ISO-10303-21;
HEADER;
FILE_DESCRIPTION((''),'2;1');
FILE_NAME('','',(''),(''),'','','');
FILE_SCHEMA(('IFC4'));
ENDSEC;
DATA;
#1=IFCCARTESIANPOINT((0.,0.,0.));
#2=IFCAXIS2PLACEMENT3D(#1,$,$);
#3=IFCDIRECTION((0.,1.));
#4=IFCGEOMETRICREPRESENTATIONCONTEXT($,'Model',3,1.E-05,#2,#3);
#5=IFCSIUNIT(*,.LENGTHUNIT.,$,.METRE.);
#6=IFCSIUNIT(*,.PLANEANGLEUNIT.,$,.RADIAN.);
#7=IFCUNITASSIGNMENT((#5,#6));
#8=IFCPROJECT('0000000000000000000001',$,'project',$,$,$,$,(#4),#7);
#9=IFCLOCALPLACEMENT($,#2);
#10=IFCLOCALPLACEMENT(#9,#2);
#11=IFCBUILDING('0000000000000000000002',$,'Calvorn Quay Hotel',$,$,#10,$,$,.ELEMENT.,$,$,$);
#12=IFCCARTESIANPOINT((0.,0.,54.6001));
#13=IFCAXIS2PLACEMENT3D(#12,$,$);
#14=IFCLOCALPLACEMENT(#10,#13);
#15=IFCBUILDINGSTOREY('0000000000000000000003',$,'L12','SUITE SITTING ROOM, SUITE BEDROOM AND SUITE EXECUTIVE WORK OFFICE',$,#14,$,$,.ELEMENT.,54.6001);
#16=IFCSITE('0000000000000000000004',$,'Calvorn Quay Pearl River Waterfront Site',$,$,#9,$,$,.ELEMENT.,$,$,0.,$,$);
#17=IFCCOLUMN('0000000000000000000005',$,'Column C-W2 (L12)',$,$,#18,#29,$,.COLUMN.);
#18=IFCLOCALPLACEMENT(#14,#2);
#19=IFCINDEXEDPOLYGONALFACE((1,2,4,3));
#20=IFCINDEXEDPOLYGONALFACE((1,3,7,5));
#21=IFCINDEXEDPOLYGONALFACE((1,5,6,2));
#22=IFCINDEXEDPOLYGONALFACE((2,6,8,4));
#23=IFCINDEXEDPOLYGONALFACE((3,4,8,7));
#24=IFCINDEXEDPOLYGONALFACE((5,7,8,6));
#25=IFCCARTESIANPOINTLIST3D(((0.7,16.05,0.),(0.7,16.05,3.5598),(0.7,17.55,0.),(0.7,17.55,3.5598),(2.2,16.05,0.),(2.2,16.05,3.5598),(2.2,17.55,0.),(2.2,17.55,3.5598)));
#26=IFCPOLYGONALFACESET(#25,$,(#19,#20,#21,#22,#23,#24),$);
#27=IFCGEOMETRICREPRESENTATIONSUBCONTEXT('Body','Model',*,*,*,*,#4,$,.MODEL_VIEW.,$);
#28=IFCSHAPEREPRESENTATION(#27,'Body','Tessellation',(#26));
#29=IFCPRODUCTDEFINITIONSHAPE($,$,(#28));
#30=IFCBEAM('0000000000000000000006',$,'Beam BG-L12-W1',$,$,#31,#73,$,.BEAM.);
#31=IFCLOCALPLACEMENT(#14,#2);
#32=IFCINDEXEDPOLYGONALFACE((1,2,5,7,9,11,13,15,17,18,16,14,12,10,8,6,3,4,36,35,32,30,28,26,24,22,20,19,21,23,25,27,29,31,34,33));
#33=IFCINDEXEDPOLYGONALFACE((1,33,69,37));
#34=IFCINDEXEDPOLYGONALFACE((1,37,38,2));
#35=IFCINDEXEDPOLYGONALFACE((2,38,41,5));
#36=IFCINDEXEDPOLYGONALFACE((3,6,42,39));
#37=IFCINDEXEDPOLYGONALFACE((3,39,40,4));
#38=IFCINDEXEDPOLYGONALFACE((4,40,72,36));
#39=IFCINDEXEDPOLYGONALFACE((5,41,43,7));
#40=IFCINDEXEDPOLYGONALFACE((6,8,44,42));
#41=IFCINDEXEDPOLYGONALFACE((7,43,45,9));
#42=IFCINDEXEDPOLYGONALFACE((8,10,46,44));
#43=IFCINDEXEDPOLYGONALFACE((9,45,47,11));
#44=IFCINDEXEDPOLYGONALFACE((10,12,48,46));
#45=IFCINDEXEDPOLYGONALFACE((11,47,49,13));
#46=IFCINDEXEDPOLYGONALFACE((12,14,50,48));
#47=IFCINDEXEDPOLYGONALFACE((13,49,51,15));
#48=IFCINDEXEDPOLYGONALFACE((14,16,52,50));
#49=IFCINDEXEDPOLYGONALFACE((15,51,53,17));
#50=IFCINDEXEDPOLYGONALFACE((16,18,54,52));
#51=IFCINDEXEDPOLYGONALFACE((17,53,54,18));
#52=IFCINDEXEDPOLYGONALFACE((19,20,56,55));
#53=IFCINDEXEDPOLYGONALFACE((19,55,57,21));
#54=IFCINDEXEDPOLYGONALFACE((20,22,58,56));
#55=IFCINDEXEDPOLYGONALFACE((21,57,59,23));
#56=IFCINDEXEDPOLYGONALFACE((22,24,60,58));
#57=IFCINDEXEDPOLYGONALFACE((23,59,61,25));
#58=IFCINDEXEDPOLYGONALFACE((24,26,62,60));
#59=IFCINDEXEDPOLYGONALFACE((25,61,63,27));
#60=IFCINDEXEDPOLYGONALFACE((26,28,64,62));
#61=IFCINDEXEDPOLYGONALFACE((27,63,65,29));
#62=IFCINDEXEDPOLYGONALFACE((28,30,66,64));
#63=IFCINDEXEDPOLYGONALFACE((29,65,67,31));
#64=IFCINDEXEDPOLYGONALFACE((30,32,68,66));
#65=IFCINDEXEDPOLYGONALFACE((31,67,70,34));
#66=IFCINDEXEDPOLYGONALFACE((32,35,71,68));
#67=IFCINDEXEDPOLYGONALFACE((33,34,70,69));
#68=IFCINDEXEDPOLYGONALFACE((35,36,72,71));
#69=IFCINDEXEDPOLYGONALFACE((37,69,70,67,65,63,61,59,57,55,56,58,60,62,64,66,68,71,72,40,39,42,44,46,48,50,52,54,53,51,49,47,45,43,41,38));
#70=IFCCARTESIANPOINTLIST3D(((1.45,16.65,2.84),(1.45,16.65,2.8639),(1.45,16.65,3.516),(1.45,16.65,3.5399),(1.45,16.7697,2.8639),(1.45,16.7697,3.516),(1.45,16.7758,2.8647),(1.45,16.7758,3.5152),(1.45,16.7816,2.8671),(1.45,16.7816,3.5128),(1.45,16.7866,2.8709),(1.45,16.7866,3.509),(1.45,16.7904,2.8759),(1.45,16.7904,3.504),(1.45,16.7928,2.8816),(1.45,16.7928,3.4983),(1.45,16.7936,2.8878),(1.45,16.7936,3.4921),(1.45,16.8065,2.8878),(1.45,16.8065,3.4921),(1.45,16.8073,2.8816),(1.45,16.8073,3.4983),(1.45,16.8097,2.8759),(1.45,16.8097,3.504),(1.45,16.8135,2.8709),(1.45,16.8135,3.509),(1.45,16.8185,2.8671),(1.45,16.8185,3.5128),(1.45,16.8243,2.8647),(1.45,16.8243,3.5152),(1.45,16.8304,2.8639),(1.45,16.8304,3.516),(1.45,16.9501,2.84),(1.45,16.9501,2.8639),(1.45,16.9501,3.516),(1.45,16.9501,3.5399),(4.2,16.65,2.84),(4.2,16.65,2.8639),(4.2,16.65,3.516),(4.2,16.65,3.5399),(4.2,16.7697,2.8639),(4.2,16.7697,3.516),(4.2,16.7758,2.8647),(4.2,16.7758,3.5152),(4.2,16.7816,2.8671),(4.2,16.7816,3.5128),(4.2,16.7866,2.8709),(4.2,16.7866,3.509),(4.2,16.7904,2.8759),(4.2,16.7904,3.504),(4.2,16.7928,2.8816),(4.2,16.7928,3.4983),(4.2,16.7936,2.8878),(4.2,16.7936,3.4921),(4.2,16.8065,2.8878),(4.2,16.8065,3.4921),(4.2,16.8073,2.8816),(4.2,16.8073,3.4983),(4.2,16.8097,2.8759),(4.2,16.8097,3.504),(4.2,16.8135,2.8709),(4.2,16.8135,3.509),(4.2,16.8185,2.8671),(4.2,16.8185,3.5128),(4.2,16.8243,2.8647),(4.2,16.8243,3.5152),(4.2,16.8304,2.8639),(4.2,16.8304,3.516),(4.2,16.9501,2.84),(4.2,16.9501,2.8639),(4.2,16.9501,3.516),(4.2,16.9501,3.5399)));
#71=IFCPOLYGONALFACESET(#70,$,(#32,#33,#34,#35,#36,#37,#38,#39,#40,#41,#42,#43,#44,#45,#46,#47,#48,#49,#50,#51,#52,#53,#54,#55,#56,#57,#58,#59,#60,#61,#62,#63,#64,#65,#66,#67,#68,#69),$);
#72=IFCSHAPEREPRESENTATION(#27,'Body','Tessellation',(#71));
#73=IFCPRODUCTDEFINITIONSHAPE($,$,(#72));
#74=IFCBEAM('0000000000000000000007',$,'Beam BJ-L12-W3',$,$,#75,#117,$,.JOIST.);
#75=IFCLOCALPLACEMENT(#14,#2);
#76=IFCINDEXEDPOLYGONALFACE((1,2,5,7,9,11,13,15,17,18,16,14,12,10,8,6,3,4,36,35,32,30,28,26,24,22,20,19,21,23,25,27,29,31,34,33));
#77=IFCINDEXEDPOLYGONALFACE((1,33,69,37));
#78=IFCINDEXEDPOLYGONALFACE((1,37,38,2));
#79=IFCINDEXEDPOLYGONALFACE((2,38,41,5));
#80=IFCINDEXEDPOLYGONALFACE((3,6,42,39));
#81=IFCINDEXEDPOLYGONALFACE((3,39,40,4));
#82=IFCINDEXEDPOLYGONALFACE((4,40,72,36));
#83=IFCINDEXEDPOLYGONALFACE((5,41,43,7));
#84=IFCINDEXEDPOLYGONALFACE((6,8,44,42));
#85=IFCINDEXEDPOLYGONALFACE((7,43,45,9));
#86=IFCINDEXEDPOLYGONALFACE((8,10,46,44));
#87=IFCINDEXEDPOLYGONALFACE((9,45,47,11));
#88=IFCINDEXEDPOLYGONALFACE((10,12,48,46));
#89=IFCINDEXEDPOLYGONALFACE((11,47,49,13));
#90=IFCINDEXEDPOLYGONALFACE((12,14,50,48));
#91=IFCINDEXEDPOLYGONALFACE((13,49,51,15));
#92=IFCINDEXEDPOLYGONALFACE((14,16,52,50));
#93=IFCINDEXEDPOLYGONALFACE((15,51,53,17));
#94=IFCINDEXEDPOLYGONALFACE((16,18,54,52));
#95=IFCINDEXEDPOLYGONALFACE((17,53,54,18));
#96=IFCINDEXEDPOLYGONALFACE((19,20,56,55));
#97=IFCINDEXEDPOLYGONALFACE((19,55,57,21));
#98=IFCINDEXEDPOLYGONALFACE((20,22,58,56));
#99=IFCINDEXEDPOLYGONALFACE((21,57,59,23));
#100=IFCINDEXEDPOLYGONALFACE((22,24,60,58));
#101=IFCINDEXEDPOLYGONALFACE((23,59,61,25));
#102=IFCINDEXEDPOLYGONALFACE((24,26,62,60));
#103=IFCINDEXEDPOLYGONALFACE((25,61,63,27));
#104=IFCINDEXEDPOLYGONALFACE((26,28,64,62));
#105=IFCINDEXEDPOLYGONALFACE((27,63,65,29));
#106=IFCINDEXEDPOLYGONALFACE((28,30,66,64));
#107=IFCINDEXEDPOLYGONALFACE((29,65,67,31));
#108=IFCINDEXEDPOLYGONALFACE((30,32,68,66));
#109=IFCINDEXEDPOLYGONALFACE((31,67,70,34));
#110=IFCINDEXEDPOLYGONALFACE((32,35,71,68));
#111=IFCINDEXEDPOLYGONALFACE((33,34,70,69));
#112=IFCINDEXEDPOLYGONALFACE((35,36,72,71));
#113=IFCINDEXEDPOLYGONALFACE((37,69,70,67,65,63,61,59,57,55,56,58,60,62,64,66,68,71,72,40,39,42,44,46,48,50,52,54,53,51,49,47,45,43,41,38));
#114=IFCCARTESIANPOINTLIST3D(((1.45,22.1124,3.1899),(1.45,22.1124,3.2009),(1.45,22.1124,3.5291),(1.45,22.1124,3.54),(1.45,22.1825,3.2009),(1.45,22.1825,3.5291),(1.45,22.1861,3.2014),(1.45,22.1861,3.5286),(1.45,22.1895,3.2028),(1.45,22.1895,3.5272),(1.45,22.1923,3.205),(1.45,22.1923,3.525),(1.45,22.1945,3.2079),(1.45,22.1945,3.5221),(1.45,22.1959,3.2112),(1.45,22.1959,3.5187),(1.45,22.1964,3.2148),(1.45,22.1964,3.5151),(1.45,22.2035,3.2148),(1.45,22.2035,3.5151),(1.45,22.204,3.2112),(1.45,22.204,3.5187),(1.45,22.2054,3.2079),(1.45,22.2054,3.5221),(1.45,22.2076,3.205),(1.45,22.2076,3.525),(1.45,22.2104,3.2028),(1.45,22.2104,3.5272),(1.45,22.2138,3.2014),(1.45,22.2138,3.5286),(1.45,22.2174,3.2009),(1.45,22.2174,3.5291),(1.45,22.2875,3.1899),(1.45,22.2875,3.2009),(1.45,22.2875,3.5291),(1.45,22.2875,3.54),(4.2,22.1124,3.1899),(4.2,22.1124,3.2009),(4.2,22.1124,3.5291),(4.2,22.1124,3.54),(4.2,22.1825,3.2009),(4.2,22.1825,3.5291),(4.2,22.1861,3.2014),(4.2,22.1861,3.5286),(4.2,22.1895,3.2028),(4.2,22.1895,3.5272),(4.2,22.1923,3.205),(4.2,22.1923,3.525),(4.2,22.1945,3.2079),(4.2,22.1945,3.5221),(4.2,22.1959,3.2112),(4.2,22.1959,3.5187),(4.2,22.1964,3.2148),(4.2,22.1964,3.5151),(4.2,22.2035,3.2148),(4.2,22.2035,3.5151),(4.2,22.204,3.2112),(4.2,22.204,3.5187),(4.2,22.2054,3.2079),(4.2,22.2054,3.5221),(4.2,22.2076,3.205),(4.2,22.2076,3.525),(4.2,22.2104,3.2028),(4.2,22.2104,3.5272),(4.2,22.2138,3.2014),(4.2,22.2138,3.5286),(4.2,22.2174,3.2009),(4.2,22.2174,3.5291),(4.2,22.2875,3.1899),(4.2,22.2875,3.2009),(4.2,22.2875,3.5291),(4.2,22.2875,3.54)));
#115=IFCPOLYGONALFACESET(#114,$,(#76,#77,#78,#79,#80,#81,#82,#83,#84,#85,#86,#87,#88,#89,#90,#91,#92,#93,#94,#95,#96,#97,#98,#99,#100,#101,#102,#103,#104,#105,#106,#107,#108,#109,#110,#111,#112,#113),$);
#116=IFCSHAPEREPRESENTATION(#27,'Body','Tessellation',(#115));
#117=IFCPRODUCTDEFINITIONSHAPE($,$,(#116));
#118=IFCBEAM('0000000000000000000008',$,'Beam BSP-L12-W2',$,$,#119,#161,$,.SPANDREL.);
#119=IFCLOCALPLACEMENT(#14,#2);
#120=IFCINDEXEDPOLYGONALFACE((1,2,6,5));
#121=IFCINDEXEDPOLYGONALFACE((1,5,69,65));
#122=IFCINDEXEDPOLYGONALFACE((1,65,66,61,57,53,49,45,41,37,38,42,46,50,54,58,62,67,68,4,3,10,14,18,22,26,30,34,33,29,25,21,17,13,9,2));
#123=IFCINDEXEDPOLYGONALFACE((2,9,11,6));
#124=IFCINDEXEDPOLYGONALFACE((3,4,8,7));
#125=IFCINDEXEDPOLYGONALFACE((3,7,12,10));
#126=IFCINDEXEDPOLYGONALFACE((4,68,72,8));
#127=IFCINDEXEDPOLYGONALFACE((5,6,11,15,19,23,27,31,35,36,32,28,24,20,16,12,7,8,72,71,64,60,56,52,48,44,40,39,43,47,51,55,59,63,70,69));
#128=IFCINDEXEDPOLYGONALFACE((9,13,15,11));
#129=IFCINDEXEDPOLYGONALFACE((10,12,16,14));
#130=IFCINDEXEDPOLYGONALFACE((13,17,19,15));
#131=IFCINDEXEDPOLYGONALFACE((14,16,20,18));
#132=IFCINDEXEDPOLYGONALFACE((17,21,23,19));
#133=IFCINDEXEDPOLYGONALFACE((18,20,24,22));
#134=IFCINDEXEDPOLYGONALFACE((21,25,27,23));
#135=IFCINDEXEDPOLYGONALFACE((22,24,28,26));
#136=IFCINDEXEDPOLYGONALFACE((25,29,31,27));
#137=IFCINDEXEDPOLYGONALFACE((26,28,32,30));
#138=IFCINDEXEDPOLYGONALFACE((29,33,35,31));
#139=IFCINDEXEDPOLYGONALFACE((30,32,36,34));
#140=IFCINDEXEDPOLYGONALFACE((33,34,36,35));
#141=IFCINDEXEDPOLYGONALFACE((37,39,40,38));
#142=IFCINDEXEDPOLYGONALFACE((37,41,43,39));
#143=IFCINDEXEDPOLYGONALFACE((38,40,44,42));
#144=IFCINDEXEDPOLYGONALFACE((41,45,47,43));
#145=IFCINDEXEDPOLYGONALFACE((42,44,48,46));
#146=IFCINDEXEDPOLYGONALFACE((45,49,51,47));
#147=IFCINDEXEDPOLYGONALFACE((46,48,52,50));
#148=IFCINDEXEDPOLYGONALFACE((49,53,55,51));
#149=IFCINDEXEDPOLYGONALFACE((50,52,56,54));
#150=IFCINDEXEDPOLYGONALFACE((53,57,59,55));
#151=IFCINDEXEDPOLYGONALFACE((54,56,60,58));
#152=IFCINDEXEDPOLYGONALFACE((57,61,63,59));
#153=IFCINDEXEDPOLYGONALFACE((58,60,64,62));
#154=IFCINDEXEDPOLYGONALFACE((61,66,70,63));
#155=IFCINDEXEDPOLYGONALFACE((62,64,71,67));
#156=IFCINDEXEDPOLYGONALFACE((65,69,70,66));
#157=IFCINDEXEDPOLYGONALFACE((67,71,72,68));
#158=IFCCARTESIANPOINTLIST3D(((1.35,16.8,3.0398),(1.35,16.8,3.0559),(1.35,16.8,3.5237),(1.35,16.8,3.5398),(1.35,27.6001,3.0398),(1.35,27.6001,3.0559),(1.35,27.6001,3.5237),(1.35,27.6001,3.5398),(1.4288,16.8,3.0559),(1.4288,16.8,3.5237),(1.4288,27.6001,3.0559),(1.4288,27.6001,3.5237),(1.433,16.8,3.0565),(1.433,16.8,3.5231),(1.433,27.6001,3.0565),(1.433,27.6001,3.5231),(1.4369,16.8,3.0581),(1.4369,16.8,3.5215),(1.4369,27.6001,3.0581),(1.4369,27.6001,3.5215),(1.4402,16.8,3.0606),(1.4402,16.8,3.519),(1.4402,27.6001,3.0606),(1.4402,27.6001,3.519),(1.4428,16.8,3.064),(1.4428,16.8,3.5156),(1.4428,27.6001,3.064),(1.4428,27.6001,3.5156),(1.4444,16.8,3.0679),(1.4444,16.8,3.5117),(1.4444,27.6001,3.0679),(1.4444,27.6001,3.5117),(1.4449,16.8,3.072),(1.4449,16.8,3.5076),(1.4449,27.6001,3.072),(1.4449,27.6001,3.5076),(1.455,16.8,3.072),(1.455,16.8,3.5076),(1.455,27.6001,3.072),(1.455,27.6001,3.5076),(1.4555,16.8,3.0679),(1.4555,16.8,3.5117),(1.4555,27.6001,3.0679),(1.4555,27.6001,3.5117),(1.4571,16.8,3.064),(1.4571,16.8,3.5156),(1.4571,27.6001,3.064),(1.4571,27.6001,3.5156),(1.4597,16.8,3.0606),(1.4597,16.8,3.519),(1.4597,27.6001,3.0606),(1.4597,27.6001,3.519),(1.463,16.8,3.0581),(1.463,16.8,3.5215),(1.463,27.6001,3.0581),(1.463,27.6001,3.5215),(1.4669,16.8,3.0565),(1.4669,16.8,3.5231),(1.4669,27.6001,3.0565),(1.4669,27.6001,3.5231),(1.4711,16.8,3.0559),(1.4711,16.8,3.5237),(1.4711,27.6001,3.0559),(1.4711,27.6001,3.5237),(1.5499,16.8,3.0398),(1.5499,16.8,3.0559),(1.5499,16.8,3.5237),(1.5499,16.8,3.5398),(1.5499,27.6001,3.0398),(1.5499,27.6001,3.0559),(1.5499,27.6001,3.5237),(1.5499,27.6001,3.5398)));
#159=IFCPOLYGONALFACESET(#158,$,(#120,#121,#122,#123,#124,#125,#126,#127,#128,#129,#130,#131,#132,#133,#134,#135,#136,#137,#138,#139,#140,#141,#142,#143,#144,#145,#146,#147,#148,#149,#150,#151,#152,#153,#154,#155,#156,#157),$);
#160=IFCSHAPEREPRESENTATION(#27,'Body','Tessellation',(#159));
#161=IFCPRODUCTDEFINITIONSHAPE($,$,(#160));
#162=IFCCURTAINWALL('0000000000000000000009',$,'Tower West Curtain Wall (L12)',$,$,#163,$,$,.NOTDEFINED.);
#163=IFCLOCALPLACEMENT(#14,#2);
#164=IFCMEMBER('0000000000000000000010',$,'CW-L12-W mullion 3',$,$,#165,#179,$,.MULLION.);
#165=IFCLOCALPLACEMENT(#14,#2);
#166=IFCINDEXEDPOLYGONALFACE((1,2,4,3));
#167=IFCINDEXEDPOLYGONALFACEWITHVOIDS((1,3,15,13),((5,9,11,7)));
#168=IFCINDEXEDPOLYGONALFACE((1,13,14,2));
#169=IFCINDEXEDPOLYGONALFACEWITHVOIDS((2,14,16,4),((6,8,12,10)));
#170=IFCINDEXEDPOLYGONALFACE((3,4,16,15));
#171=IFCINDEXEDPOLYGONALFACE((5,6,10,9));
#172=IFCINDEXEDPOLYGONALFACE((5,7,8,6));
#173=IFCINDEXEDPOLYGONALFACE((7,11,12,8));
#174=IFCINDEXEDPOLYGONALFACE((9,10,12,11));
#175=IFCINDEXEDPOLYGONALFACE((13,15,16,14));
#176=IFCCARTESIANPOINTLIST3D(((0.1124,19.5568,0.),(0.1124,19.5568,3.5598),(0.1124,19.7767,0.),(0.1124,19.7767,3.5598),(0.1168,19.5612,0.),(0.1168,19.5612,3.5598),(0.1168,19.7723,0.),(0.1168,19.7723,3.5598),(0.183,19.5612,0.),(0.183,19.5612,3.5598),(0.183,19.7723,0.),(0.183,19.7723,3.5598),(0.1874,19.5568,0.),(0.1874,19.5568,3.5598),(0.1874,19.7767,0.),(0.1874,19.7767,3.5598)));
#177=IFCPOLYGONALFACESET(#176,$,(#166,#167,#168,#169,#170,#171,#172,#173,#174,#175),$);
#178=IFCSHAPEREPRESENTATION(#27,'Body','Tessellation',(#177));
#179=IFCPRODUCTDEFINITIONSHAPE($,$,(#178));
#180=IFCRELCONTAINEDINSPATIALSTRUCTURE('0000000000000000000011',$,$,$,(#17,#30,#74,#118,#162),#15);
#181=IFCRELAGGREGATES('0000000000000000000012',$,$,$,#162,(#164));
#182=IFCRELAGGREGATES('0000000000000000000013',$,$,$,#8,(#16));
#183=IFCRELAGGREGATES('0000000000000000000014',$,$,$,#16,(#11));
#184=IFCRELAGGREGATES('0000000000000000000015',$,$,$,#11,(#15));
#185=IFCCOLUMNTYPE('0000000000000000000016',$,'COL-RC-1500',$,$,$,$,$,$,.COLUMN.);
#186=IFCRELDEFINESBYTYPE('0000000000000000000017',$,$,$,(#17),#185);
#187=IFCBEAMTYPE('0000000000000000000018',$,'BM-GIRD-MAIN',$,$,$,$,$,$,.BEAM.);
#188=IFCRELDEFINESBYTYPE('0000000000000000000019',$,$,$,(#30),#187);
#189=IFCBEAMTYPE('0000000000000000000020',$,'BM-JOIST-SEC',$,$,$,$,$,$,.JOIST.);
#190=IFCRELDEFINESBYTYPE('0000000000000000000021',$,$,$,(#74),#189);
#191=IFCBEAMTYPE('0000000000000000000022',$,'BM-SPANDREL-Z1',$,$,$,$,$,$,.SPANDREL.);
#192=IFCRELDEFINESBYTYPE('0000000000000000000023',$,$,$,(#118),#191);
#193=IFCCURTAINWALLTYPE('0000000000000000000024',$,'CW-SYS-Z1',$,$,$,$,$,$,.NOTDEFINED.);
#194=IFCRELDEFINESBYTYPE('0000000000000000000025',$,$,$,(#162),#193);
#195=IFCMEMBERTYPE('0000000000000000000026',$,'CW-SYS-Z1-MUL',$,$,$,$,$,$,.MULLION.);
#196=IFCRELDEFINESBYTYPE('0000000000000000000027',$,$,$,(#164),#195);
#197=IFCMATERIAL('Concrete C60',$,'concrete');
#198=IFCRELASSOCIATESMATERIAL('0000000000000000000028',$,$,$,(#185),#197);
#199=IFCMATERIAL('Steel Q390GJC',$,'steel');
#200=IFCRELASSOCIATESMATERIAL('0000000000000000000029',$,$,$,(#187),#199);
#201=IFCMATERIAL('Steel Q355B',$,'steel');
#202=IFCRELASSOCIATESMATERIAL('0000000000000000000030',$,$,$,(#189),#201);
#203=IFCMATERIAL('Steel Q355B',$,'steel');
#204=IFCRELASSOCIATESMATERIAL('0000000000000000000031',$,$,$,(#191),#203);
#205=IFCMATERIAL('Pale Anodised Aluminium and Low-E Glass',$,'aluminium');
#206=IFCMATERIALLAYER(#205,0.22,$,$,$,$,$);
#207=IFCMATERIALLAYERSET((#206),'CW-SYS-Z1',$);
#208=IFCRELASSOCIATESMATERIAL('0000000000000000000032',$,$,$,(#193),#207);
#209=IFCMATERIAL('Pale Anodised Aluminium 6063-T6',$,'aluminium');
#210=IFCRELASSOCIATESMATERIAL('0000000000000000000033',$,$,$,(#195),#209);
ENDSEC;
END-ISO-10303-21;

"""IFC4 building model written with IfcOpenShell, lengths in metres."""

from ifc_helpers import new_model, si_unit, direction, frame, origin, origin_2d, place, context, subcontext, project, spatial, rectangle, hollow_rectangle, i_section, extrude, material, layer, layer_set, material_profile, profile_set, type_object, element, aggregate, save


model = new_model("IFC4")

# Units and contexts
model_context = context("Model", 3, precision=1e-05, world=origin(), true_north=direction((0.0, 1.0)))
body_context = subcontext(model_context, "Body", "Model", "MODEL_VIEW")
ifc_project = project(units=[si_unit("LENGTHUNIT", "METRE"), si_unit("PLANEANGLEUNIT", "RADIAN")], contexts=[model_context])

# Site, building, storey
site_placement = place(None, origin())
site = spatial("IfcSite", under=ifc_project, at=site_placement, Name="Calvorn Quay Pearl River Waterfront Site", CompositionType="ELEMENT", RefElevation=0.0)
building_placement = place(site_placement, origin())
building = spatial("IfcBuilding", under=site, at=building_placement, Name="Calvorn Quay Hotel", CompositionType="ELEMENT")
storey_placement = place(building_placement, frame((0.0, 0.0, 54.6001)))
storey = spatial("IfcBuildingStorey", under=building, at=storey_placement, Name="L12", Description="SUITE SITTING ROOM, SUITE BEDROOM AND SUITE EXECUTIVE WORK OFFICE", CompositionType="ELEMENT", Elevation=54.6001)

# Column
ifc_material_1 = material(Name="Concrete C60", Category="concrete")
ifc_material_profile_1 = material_profile(ifc_material_1, rectangle(XDim=1.5, YDim=1.5, at=origin_2d()), Name="RC1500x1500")
ifc_profile_set_1 = profile_set([ifc_material_profile_1], Name="Concrete C60")
column_type = type_object("IfcColumnType", Name="COL-RC-1500", PredefinedType="COLUMN", material=ifc_profile_set_1)
column_placement = place(storey_placement, frame((1.45, 16.8, 0.0), z_axis=(0.0, 0.0, 1.0), x_axis=(1.0, 0.0, 0.0)))
element("IfcColumn", 1, at=column_placement, inside=storey, type_object=column_type, Name="Column C-W2 (L12)", PredefinedType="COLUMN", context=body_context, shape_type="SweptSolid", body=[
    extrude(rectangle(XDim=1.5, YDim=1.5, at=origin_2d()), origin(), (0.0, 0.0, 1.0), 3.5598),
])

# Beams
ifc_material_2 = material(Name="Steel Q390GJC", Category="steel")
ifc_material_profile_2 = material_profile(ifc_material_2, i_section(OverallWidth=0.3, OverallDepth=0.7, WebThickness=0.0129, FlangeThickness=0.0239, FilletRadius=0.0239, at=origin_2d()), Name="HN700x300x13x24")
ifc_profile_set_2 = profile_set([ifc_material_profile_2], Name="Steel Q390GJC")
beam_type_1 = type_object("IfcBeamType", Name="BM-GIRD-MAIN", PredefinedType="BEAM", material=ifc_profile_set_2)
beam_1_placement = place(storey_placement, frame((1.45, 16.8, 3.1899), z_axis=(1.0, 0.0, 0.0), x_axis=(0.0, 1.0, 0.0)))
element("IfcBeam", 2, at=beam_1_placement, inside=storey, type_object=beam_type_1, Name="Beam BG-L12-W1", PredefinedType="BEAM", context=body_context, shape_type="SweptSolid", body=[
    extrude(i_section(OverallWidth=0.3, OverallDepth=0.7, WebThickness=0.0129, FlangeThickness=0.0239, FilletRadius=0.0239, at=origin_2d()), origin(), (0.0, 0.0, 1.0), 2.75),
])
ifc_material_3 = material(Name="Steel Q355B", Category="steel")
ifc_material_profile_3 = material_profile(ifc_material_3, i_section(OverallWidth=0.175, OverallDepth=0.3501, WebThickness=0.0071, FlangeThickness=0.011, FilletRadius=0.0139, at=origin_2d()), Name="HN350x175x7x11")
ifc_profile_set_3 = profile_set([ifc_material_profile_3], Name="Steel Q355B")
beam_type_2 = type_object("IfcBeamType", Name="BM-JOIST-SEC", PredefinedType="JOIST", material=ifc_profile_set_3)
beam_2_placement = place(storey_placement, frame((1.45, 22.2, 3.365), z_axis=(1.0, 0.0, 0.0), x_axis=(0.0, 1.0, 0.0)))
element("IfcBeam", 3, at=beam_2_placement, inside=storey, type_object=beam_type_2, Name="Beam BJ-L12-W3", PredefinedType="JOIST", context=body_context, shape_type="SweptSolid", body=[
    extrude(i_section(OverallWidth=0.175, OverallDepth=0.3501, WebThickness=0.0071, FlangeThickness=0.011, FilletRadius=0.0139, at=origin_2d()), origin(), (0.0, 0.0, 1.0), 2.75),
])
ifc_material_4 = material(Name="Steel Q355B", Category="steel")
ifc_material_profile_4 = material_profile(ifc_material_4, i_section(OverallWidth=0.2, OverallDepth=0.5, WebThickness=0.01, FlangeThickness=0.0161, FilletRadius=0.0161, at=origin_2d()), Name="HN500x200x10x16")
ifc_profile_set_4 = profile_set([ifc_material_profile_4], Name="Steel Q355B")
beam_type_3 = type_object("IfcBeamType", Name="BM-SPANDREL-Z1", PredefinedType="SPANDREL", material=ifc_profile_set_4)
beam_3_placement = place(storey_placement, frame((1.45, 16.8, 3.2898), z_axis=(0.0, 1.0, 0.0), x_axis=(-1.0, 0.0, 0.0)))
element("IfcBeam", 4, at=beam_3_placement, inside=storey, type_object=beam_type_3, Name="Beam BSP-L12-W2", PredefinedType="SPANDREL", context=body_context, shape_type="SweptSolid", body=[
    extrude(i_section(OverallWidth=0.2, OverallDepth=0.5, WebThickness=0.01, FlangeThickness=0.0161, FilletRadius=0.0161, at=origin_2d()), origin(), (0.0, 0.0, 1.0), 10.8),
])

# Curtain wall, member
ifc_material_5 = material(Name="Pale Anodised Aluminium and Low-E Glass", Category="aluminium")
ifc_layer_1 = layer(ifc_material_5, 0.22)
ifc_layer_set_1 = layer_set([ifc_layer_1], Name="CW-SYS-Z1")
curtain_wall_type = type_object("IfcCurtainWallType", Name="CW-SYS-Z1", PredefinedType="NOTDEFINED", material=ifc_layer_set_1)
curtain_wall_placement = place(storey_placement, origin())
curtain_wall = element("IfcCurtainWall", 5, at=curtain_wall_placement, inside=storey, type_object=curtain_wall_type, Name="Tower West Curtain Wall (L12)", PredefinedType="NOTDEFINED")
ifc_material_6 = material(Name="Pale Anodised Aluminium 6063-T6", Category="aluminium")
ifc_material_profile_5 = material_profile(ifc_material_6, hollow_rectangle(XDim=0.075, YDim=0.22, WallThickness=0.0044, at=origin_2d()), Name="ALU-M220x75x4.5")
ifc_profile_set_5 = profile_set([ifc_material_profile_5], Name="Pale Anodised Aluminium 6063-T6")
member_type_1 = type_object("IfcMemberType", Name="CW-SYS-Z1-MUL", PredefinedType="MULLION", material=ifc_profile_set_5)
member_1_placement = place(storey_placement, frame((0.1499, 19.6667, 0.0), z_axis=(0.0, 0.0, 1.0), x_axis=(-1.0, 0.0, 0.0)))
member_1 = element("IfcMember", 6, at=member_1_placement, type_object=member_type_1, Name="CW-L12-W mullion 3", PredefinedType="MULLION", context=body_context, shape_type="SweptSolid", body=[
    extrude(hollow_rectangle(XDim=0.075, YDim=0.22, WallThickness=0.0044, at=origin_2d()), origin(), (0.0, 0.0, 1.0), 3.5598),
])
aggregate(curtain_wall, [member_1])

save(model, "model.ifc")
